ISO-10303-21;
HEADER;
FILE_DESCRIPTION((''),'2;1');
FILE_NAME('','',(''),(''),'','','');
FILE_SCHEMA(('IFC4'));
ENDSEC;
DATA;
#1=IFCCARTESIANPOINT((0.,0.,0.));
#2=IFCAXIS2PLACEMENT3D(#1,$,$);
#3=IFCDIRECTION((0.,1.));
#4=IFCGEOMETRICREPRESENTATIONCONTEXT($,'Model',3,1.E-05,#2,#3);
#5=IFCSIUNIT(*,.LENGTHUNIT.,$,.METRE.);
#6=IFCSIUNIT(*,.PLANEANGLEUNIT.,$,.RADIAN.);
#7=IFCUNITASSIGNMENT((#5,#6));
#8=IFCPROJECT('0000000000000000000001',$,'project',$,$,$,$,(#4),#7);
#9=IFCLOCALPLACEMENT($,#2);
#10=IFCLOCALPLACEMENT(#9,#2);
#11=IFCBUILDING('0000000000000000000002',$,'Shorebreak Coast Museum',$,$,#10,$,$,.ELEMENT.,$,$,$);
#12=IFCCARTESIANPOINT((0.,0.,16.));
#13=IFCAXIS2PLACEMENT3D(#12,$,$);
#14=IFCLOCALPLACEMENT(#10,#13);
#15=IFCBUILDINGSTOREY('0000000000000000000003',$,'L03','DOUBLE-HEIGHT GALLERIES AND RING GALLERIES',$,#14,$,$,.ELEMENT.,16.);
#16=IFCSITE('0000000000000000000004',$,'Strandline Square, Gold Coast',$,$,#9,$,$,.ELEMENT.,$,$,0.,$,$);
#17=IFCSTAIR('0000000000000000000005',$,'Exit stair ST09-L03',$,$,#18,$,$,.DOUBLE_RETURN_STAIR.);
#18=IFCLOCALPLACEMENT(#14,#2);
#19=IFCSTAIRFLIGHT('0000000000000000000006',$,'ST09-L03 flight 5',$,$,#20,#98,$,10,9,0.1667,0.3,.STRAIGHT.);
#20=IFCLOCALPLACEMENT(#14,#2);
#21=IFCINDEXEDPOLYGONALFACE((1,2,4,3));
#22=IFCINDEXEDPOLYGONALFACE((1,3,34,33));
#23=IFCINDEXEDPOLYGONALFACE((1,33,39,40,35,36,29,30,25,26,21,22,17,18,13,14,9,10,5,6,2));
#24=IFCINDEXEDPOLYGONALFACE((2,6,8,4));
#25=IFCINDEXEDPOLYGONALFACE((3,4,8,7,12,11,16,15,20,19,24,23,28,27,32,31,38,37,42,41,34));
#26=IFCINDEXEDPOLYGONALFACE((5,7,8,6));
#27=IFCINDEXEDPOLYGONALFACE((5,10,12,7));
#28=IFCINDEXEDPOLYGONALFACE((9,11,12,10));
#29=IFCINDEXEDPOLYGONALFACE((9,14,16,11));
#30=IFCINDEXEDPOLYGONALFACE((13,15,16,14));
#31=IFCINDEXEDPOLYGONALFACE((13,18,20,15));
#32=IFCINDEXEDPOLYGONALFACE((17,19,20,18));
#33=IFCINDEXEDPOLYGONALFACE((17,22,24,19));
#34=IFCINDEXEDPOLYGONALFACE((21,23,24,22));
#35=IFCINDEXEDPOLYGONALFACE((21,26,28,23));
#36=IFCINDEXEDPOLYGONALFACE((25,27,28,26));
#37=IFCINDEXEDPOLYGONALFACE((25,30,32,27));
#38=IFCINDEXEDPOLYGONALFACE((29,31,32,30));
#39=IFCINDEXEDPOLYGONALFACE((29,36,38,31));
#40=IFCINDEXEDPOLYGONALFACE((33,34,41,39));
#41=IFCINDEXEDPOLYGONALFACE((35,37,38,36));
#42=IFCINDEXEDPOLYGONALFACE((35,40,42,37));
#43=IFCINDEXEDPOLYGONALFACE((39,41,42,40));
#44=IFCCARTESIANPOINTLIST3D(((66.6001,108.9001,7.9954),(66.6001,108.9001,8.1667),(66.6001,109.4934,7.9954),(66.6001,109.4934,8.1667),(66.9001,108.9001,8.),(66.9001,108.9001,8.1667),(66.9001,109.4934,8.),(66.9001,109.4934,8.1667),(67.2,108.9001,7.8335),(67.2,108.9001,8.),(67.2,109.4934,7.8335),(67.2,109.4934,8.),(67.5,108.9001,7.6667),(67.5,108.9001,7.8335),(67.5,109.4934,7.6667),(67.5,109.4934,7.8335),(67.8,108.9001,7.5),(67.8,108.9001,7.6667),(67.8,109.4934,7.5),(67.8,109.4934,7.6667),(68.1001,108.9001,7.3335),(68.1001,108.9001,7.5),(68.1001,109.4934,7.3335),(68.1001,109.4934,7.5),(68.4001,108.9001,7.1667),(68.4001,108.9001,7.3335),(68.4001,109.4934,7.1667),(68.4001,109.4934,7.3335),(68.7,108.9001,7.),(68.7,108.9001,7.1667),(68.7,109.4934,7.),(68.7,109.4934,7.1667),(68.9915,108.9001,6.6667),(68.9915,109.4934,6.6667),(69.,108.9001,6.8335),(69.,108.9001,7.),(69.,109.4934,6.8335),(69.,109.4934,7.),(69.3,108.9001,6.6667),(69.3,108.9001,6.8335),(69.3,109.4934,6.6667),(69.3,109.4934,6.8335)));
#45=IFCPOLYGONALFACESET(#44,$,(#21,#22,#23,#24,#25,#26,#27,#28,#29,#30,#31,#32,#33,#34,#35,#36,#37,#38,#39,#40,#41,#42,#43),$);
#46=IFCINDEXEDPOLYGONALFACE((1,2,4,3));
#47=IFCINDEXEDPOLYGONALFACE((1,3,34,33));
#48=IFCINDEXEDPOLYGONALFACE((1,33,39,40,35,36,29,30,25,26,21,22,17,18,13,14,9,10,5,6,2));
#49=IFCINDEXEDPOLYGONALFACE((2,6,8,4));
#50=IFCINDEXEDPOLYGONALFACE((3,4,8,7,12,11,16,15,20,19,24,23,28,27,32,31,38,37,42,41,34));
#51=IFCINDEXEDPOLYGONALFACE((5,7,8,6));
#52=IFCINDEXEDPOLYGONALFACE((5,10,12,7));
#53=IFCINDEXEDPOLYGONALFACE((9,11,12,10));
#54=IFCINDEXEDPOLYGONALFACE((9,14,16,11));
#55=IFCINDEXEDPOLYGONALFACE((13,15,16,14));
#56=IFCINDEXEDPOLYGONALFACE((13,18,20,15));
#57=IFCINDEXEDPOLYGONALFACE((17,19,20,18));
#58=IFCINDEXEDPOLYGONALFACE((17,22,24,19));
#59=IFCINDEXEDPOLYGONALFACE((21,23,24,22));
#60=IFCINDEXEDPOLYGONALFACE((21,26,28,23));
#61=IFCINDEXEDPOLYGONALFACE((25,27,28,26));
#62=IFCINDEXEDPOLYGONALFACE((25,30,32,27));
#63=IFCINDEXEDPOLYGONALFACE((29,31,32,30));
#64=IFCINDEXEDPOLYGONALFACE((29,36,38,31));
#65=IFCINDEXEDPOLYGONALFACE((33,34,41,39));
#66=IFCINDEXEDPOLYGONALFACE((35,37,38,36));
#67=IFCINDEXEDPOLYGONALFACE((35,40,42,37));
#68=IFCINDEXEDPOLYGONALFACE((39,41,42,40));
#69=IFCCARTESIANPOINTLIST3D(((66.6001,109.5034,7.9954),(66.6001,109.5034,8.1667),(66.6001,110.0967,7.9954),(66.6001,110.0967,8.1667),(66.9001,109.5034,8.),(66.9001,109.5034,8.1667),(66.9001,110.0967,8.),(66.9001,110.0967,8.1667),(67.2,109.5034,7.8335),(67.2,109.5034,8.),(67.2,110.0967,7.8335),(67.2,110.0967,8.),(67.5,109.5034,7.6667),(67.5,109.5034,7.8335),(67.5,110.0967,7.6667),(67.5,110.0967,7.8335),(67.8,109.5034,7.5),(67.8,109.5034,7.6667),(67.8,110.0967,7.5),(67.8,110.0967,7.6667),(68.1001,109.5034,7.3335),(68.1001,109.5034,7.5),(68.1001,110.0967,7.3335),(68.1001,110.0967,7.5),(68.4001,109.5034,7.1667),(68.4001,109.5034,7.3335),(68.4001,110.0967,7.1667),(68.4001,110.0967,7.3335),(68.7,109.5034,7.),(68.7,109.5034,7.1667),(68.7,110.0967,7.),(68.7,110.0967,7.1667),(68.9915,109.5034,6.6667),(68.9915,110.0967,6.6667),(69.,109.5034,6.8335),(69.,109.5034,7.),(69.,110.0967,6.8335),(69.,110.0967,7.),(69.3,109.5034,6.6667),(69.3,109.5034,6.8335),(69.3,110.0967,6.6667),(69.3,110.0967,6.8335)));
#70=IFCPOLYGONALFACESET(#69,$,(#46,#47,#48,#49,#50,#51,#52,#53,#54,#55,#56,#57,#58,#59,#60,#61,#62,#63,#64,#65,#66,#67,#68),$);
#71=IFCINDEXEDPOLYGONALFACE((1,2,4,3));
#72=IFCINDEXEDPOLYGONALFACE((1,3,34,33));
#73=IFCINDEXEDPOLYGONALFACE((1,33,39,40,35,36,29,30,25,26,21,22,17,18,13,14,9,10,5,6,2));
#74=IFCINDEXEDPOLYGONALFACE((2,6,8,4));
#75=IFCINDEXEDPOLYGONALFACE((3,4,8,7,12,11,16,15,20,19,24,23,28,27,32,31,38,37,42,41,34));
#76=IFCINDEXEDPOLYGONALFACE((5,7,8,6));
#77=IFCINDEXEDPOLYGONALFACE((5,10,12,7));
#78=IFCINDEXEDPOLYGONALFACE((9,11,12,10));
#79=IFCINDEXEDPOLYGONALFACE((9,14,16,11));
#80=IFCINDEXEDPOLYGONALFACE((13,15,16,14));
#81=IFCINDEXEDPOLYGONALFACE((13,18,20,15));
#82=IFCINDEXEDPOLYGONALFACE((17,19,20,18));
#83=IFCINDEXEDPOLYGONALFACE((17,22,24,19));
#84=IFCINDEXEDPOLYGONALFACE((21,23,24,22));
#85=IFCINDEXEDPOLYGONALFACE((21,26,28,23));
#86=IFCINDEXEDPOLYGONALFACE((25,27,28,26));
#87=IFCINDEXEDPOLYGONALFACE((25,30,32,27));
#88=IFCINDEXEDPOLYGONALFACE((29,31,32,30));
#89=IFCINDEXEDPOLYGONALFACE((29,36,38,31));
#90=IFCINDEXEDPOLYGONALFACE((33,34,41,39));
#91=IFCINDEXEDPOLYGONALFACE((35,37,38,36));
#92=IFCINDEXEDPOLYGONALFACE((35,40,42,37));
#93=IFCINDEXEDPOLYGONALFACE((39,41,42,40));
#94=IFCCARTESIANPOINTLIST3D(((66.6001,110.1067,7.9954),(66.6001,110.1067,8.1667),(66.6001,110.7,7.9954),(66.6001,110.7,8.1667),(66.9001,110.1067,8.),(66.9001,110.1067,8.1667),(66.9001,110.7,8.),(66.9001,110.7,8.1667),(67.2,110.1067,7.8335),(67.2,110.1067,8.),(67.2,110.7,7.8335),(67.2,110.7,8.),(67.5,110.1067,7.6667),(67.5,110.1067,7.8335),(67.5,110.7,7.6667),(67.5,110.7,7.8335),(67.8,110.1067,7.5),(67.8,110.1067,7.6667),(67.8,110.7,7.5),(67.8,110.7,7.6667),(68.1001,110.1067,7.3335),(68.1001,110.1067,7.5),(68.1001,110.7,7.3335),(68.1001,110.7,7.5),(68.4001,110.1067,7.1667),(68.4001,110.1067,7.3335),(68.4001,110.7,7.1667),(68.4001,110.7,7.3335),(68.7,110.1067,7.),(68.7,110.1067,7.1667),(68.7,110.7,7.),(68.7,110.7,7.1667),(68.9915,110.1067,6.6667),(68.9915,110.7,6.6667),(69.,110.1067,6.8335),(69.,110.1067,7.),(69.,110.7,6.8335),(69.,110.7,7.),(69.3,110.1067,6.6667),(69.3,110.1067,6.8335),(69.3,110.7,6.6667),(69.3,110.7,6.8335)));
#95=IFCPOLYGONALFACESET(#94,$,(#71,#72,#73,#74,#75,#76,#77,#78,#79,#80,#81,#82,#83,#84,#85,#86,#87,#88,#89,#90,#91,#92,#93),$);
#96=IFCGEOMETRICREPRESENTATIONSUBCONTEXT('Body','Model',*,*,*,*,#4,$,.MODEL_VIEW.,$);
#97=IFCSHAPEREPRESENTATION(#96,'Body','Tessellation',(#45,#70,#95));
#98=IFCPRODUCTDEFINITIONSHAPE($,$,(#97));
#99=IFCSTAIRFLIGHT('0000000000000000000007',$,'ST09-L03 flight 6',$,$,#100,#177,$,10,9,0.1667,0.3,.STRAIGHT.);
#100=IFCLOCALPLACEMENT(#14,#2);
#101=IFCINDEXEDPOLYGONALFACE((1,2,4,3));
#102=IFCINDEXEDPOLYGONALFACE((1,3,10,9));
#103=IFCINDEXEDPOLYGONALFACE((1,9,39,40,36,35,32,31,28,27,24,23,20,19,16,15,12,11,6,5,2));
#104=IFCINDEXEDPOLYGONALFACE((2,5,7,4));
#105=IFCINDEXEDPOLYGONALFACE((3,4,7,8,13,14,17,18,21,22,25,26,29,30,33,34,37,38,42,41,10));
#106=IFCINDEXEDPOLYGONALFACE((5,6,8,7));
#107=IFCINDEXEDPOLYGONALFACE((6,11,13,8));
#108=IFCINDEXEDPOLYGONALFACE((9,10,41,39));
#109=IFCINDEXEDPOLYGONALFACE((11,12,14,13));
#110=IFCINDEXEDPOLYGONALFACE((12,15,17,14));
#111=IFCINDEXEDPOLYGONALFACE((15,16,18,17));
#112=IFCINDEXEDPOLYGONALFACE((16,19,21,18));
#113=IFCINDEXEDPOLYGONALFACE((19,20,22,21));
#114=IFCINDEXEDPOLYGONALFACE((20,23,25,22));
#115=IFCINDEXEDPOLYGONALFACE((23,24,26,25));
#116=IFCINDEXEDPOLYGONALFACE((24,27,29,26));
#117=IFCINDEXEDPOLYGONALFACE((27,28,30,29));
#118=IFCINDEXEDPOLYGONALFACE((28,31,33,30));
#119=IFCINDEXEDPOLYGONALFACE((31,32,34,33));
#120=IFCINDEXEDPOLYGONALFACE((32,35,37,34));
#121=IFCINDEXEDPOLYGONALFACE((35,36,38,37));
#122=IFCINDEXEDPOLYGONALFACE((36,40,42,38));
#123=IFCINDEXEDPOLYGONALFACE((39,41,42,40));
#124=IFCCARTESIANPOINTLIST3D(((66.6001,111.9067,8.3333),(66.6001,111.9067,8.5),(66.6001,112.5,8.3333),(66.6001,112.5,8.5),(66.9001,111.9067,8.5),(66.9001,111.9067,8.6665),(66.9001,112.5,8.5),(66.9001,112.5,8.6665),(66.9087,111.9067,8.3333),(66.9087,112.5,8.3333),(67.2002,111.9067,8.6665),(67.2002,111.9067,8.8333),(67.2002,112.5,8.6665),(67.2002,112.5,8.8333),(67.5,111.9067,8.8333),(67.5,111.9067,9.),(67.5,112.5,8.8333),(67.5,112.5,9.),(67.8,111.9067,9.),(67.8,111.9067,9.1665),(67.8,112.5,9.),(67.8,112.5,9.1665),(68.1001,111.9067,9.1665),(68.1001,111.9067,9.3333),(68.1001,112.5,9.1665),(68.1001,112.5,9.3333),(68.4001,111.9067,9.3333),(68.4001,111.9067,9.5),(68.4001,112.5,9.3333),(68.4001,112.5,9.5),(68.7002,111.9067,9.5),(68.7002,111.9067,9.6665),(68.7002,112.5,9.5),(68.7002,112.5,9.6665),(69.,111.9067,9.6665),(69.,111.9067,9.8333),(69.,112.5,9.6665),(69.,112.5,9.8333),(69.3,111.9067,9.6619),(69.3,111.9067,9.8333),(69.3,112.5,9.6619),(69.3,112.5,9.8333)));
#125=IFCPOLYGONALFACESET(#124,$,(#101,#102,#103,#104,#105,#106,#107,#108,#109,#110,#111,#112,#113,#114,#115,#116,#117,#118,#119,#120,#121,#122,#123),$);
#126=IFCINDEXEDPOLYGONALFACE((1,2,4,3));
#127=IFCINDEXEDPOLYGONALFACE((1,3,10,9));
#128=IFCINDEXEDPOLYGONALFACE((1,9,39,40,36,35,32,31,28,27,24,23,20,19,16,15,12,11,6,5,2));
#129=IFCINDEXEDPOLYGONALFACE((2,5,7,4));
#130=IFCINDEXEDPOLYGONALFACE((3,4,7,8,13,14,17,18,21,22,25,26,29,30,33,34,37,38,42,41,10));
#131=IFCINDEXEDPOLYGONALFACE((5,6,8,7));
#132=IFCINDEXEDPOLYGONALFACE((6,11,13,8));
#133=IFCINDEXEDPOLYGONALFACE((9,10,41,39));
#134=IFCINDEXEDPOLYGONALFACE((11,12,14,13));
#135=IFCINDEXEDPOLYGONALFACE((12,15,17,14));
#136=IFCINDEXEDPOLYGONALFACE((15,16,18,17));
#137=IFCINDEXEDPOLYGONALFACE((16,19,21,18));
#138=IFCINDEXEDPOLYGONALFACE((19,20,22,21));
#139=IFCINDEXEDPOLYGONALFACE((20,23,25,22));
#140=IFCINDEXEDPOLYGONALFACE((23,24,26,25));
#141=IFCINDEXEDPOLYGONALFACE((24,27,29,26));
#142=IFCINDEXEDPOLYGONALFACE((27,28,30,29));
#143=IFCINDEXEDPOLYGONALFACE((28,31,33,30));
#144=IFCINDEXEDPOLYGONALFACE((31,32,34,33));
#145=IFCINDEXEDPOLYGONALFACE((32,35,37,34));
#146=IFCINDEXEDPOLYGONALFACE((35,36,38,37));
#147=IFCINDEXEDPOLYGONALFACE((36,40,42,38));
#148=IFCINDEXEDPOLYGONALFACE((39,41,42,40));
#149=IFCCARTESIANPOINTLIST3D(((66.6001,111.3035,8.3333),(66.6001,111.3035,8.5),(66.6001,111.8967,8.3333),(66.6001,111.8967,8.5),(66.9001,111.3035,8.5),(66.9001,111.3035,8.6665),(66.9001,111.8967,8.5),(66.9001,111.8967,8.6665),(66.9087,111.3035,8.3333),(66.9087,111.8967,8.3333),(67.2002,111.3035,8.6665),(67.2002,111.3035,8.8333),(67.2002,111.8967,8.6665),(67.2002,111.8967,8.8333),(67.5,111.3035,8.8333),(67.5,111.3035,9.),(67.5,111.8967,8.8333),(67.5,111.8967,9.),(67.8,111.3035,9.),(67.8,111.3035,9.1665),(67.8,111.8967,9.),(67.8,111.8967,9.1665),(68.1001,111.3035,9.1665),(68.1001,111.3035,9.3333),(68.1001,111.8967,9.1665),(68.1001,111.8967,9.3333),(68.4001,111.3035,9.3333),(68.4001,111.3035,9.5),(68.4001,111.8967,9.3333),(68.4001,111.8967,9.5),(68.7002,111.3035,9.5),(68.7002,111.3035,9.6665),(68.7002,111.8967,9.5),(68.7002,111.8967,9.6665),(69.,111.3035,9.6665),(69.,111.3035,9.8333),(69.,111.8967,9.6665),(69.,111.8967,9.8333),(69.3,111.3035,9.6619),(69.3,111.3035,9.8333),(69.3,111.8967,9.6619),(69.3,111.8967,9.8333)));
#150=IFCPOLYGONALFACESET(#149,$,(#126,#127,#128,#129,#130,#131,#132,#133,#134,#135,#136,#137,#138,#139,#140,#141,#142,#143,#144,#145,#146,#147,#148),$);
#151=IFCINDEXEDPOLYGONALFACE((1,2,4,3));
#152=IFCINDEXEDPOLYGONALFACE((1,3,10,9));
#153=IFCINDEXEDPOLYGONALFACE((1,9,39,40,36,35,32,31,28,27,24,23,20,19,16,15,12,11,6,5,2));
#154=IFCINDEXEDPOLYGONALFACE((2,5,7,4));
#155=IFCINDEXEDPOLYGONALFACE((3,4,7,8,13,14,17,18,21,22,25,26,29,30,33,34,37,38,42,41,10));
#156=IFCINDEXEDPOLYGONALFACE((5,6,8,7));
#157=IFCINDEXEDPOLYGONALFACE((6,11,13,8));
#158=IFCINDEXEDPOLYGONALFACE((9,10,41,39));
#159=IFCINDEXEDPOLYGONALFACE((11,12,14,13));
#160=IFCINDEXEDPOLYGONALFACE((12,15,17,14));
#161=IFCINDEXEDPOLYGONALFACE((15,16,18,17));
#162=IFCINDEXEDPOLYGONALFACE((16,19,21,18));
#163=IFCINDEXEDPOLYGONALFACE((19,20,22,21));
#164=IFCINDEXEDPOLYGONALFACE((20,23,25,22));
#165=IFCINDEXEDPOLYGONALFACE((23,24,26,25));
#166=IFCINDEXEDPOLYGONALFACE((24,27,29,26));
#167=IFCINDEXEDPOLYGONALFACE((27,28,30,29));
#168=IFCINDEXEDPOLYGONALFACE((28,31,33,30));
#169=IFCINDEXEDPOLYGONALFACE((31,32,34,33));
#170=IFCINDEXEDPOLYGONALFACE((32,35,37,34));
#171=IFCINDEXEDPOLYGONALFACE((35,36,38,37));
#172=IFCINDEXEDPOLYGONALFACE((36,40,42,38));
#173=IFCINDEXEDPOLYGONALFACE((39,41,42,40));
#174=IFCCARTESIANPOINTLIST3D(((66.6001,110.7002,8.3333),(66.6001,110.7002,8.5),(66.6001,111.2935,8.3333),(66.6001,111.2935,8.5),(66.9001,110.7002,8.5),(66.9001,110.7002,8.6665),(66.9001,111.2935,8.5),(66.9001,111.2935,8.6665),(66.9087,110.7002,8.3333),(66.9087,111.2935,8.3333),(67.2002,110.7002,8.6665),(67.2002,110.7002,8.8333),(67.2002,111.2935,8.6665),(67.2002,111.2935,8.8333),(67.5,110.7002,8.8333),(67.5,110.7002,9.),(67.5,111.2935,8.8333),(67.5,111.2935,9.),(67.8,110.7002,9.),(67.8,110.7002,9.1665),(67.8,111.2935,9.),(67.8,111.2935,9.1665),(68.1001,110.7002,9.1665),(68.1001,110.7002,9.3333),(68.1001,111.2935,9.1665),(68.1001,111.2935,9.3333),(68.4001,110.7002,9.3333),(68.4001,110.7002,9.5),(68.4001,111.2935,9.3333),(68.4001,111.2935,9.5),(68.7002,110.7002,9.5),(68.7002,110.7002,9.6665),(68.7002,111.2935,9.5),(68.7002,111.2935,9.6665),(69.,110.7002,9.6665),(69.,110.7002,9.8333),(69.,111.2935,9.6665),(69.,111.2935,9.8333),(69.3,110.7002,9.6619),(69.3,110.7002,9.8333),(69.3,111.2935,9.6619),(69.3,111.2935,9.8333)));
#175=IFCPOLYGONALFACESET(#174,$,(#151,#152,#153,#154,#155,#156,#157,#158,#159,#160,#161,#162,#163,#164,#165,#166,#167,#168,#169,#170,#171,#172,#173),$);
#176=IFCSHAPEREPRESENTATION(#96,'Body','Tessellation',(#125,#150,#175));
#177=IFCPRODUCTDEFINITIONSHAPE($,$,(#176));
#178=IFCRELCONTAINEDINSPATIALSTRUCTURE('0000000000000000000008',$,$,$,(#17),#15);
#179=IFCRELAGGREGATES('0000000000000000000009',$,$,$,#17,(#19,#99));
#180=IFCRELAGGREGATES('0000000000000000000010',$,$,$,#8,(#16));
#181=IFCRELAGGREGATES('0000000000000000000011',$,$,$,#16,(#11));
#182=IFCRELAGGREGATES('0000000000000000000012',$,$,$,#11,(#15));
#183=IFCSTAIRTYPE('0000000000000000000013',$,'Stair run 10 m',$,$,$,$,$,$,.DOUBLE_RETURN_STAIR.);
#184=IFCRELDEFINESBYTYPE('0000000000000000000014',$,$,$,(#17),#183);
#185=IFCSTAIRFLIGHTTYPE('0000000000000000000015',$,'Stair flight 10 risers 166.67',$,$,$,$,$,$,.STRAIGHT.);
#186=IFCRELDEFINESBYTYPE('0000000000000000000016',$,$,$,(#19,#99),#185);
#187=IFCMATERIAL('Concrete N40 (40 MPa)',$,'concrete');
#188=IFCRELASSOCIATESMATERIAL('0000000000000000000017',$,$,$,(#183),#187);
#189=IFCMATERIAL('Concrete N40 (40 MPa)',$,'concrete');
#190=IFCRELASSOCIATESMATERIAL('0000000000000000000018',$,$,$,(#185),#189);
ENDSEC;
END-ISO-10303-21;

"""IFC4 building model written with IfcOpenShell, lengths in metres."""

from ifc_helpers import new_model, si_unit, direction, frame, origin, place, context, subcontext, project, spatial, polyline, outline, extrude, material, type_object, element, aggregate, save


model = new_model("IFC4")

# Units and contexts
model_context = context("Model", 3, precision=1e-05, world=origin(), true_north=direction((0.0, 1.0)))
body_context = subcontext(model_context, "Body", "Model", "MODEL_VIEW")
ifc_project = project(units=[si_unit("LENGTHUNIT", "METRE"), si_unit("PLANEANGLEUNIT", "RADIAN")], contexts=[model_context])

# Site, building, storey
site_placement = place(None, origin())
site = spatial("IfcSite", under=ifc_project, at=site_placement, Name="Strandline Square, Gold Coast", CompositionType="ELEMENT", RefElevation=0.0)
building_placement = place(site_placement, origin())
building = spatial("IfcBuilding", under=site, at=building_placement, Name="Shorebreak Coast Museum", CompositionType="ELEMENT")
storey_placement = place(building_placement, frame((0.0, 0.0, 16.0)))
storey = spatial("IfcBuildingStorey", under=building, at=storey_placement, Name="L03", Description="DOUBLE-HEIGHT GALLERIES AND RING GALLERIES", CompositionType="ELEMENT", Elevation=16.0)

# Stair, stair flights
ifc_material_1 = material(Name="Concrete N40 (40 MPa)", Category="concrete")
stair_type = type_object("IfcStairType", Name="Stair run 10 m", PredefinedType="DOUBLE_RETURN_STAIR", material=ifc_material_1)
stair_placement = place(storey_placement, origin())
stair = element("IfcStair", 1, at=stair_placement, inside=storey, type_object=stair_type, Name="Exit stair ST09-L03", PredefinedType="DOUBLE_RETURN_STAIR")
ifc_material_2 = material(Name="Concrete N40 (40 MPa)", Category="concrete")
stair_flight_type = type_object("IfcStairFlightType", Name="Stair flight 10 risers 166.67", PredefinedType="STRAIGHT", material=ifc_material_2)
stair_flight_1_placement = place(storey_placement, frame((69.3, 109.8, 6.6667), z_axis=(0.0, 0.0, 1.0), x_axis=(-1.0, 0.0, 0.0)))
stair_flight_1 = element("IfcStairFlight", 2, at=stair_flight_1_placement, type_object=stair_flight_type, Name="ST09-L03 flight 5", NumberOfRisers=10, NumberOfTreads=9, PredefinedType="STRAIGHT", RiserHeight=0.1667, TreadLength=0.3, context=body_context, shape_type="SweptSolid", body=[
    extrude(outline(polyline([(0.0, 0.0), (0.0, 0.1667), (0.3, 0.1667), (0.3, 0.3333), (0.6001, 0.3333), (0.6001, 0.5), (0.8999, 0.5), (0.8999, 0.6667), (1.2, 0.6667), (1.2, 0.8333), (1.5, 0.8333), (1.5, 1.0), (1.8, 1.0), (1.8, 1.1667), (2.1001, 1.1667), (2.1001, 1.3333), (2.3999, 1.3333), (2.3999, 1.5), (2.7, 1.5), (2.7, 1.6667), (2.7, 1.3286), (0.3086, 0.0), (0.0, 0.0)])), frame((0.0, 0.8999, 0.0), z_axis=(0.0, -1.0, 0.0), x_axis=(1.0, 0.0, 0.0)), (0.0, 0.0, 1.0), 0.5933),
    extrude(outline(polyline([(0.0, 0.0), (0.0, 0.1667), (0.3, 0.1667), (0.3, 0.3333), (0.6001, 0.3333), (0.6001, 0.5), (0.8999, 0.5), (0.8999, 0.6667), (1.2, 0.6667), (1.2, 0.8333), (1.5, 0.8333), (1.5, 1.0), (1.8, 1.0), (1.8, 1.1667), (2.1001, 1.1667), (2.1001, 1.3333), (2.3999, 1.3333), (2.3999, 1.5), (2.7, 1.5), (2.7, 1.6667), (2.7, 1.3286), (0.3086, 0.0), (0.0, 0.0)])), frame((0.0, 0.2966, 0.0), z_axis=(0.0, -1.0, 0.0), x_axis=(1.0, 0.0, 0.0)), (0.0, 0.0, 1.0), 0.5933),
    extrude(outline(polyline([(0.0, 0.0), (0.0, 0.1667), (0.3, 0.1667), (0.3, 0.3333), (0.6001, 0.3333), (0.6001, 0.5), (0.8999, 0.5), (0.8999, 0.6667), (1.2, 0.6667), (1.2, 0.8333), (1.5, 0.8333), (1.5, 1.0), (1.8, 1.0), (1.8, 1.1667), (2.1001, 1.1667), (2.1001, 1.3333), (2.3999, 1.3333), (2.3999, 1.5), (2.7, 1.5), (2.7, 1.6667), (2.7, 1.3286), (0.3086, 0.0), (0.0, 0.0)])), frame((0.0, -0.3066, 0.0), z_axis=(0.0, -1.0, 0.0), x_axis=(1.0, 0.0, 0.0)), (0.0, 0.0, 1.0), 0.5933),
])
stair_flight_2_placement = place(storey_placement, frame((66.6001, 111.6001, 8.3333), z_axis=(0.0, 0.0, 1.0), x_axis=(1.0, 0.0, 0.0)))
stair_flight_2 = element("IfcStairFlight", 3, at=stair_flight_2_placement, type_object=stair_flight_type, Name="ST09-L03 flight 6", NumberOfRisers=10, NumberOfTreads=9, PredefinedType="STRAIGHT", RiserHeight=0.1667, TreadLength=0.3, context=body_context, shape_type="SweptSolid", body=[
    extrude(outline(polyline([(0.0, 0.0), (0.0, 0.1667), (0.3, 0.1667), (0.3, 0.3333), (0.6001, 0.3333), (0.6001, 0.5), (0.8999, 0.5), (0.8999, 0.6667), (1.2, 0.6667), (1.2, 0.8333), (1.5, 0.8333), (1.5, 1.0), (1.8, 1.0), (1.8, 1.1667), (2.1001, 1.1667), (2.1001, 1.3333), (2.3999, 1.3333), (2.3999, 1.5), (2.7, 1.5), (2.7, 1.6667), (2.7, 1.3286), (0.3086, 0.0), (0.0, 0.0)])), frame((0.0, 0.8999, 0.0), z_axis=(0.0, -1.0, 0.0), x_axis=(1.0, 0.0, 0.0)), (0.0, 0.0, 1.0), 0.5933),
    extrude(outline(polyline([(0.0, 0.0), (0.0, 0.1667), (0.3, 0.1667), (0.3, 0.3333), (0.6001, 0.3333), (0.6001, 0.5), (0.8999, 0.5), (0.8999, 0.6667), (1.2, 0.6667), (1.2, 0.8333), (1.5, 0.8333), (1.5, 1.0), (1.8, 1.0), (1.8, 1.1667), (2.1001, 1.1667), (2.1001, 1.3333), (2.3999, 1.3333), (2.3999, 1.5), (2.7, 1.5), (2.7, 1.6667), (2.7, 1.3286), (0.3086, 0.0), (0.0, 0.0)])), frame((0.0, 0.2966, 0.0), z_axis=(0.0, -1.0, 0.0), x_axis=(1.0, 0.0, 0.0)), (0.0, 0.0, 1.0), 0.5933),
    extrude(outline(polyline([(0.0, 0.0), (0.0, 0.1667), (0.3, 0.1667), (0.3, 0.3333), (0.6001, 0.3333), (0.6001, 0.5), (0.8999, 0.5), (0.8999, 0.6667), (1.2, 0.6667), (1.2, 0.8333), (1.5, 0.8333), (1.5, 1.0), (1.8, 1.0), (1.8, 1.1667), (2.1001, 1.1667), (2.1001, 1.3333), (2.3999, 1.3333), (2.3999, 1.5), (2.7, 1.5), (2.7, 1.6667), (2.7, 1.3286), (0.3086, 0.0), (0.0, 0.0)])), frame((0.0, -0.3066, 0.0), z_axis=(0.0, -1.0, 0.0), x_axis=(1.0, 0.0, 0.0)), (0.0, 0.0, 1.0), 0.5933),
])
aggregate(stair, [stair_flight_1, stair_flight_2])

save(model, "model.ifc")
